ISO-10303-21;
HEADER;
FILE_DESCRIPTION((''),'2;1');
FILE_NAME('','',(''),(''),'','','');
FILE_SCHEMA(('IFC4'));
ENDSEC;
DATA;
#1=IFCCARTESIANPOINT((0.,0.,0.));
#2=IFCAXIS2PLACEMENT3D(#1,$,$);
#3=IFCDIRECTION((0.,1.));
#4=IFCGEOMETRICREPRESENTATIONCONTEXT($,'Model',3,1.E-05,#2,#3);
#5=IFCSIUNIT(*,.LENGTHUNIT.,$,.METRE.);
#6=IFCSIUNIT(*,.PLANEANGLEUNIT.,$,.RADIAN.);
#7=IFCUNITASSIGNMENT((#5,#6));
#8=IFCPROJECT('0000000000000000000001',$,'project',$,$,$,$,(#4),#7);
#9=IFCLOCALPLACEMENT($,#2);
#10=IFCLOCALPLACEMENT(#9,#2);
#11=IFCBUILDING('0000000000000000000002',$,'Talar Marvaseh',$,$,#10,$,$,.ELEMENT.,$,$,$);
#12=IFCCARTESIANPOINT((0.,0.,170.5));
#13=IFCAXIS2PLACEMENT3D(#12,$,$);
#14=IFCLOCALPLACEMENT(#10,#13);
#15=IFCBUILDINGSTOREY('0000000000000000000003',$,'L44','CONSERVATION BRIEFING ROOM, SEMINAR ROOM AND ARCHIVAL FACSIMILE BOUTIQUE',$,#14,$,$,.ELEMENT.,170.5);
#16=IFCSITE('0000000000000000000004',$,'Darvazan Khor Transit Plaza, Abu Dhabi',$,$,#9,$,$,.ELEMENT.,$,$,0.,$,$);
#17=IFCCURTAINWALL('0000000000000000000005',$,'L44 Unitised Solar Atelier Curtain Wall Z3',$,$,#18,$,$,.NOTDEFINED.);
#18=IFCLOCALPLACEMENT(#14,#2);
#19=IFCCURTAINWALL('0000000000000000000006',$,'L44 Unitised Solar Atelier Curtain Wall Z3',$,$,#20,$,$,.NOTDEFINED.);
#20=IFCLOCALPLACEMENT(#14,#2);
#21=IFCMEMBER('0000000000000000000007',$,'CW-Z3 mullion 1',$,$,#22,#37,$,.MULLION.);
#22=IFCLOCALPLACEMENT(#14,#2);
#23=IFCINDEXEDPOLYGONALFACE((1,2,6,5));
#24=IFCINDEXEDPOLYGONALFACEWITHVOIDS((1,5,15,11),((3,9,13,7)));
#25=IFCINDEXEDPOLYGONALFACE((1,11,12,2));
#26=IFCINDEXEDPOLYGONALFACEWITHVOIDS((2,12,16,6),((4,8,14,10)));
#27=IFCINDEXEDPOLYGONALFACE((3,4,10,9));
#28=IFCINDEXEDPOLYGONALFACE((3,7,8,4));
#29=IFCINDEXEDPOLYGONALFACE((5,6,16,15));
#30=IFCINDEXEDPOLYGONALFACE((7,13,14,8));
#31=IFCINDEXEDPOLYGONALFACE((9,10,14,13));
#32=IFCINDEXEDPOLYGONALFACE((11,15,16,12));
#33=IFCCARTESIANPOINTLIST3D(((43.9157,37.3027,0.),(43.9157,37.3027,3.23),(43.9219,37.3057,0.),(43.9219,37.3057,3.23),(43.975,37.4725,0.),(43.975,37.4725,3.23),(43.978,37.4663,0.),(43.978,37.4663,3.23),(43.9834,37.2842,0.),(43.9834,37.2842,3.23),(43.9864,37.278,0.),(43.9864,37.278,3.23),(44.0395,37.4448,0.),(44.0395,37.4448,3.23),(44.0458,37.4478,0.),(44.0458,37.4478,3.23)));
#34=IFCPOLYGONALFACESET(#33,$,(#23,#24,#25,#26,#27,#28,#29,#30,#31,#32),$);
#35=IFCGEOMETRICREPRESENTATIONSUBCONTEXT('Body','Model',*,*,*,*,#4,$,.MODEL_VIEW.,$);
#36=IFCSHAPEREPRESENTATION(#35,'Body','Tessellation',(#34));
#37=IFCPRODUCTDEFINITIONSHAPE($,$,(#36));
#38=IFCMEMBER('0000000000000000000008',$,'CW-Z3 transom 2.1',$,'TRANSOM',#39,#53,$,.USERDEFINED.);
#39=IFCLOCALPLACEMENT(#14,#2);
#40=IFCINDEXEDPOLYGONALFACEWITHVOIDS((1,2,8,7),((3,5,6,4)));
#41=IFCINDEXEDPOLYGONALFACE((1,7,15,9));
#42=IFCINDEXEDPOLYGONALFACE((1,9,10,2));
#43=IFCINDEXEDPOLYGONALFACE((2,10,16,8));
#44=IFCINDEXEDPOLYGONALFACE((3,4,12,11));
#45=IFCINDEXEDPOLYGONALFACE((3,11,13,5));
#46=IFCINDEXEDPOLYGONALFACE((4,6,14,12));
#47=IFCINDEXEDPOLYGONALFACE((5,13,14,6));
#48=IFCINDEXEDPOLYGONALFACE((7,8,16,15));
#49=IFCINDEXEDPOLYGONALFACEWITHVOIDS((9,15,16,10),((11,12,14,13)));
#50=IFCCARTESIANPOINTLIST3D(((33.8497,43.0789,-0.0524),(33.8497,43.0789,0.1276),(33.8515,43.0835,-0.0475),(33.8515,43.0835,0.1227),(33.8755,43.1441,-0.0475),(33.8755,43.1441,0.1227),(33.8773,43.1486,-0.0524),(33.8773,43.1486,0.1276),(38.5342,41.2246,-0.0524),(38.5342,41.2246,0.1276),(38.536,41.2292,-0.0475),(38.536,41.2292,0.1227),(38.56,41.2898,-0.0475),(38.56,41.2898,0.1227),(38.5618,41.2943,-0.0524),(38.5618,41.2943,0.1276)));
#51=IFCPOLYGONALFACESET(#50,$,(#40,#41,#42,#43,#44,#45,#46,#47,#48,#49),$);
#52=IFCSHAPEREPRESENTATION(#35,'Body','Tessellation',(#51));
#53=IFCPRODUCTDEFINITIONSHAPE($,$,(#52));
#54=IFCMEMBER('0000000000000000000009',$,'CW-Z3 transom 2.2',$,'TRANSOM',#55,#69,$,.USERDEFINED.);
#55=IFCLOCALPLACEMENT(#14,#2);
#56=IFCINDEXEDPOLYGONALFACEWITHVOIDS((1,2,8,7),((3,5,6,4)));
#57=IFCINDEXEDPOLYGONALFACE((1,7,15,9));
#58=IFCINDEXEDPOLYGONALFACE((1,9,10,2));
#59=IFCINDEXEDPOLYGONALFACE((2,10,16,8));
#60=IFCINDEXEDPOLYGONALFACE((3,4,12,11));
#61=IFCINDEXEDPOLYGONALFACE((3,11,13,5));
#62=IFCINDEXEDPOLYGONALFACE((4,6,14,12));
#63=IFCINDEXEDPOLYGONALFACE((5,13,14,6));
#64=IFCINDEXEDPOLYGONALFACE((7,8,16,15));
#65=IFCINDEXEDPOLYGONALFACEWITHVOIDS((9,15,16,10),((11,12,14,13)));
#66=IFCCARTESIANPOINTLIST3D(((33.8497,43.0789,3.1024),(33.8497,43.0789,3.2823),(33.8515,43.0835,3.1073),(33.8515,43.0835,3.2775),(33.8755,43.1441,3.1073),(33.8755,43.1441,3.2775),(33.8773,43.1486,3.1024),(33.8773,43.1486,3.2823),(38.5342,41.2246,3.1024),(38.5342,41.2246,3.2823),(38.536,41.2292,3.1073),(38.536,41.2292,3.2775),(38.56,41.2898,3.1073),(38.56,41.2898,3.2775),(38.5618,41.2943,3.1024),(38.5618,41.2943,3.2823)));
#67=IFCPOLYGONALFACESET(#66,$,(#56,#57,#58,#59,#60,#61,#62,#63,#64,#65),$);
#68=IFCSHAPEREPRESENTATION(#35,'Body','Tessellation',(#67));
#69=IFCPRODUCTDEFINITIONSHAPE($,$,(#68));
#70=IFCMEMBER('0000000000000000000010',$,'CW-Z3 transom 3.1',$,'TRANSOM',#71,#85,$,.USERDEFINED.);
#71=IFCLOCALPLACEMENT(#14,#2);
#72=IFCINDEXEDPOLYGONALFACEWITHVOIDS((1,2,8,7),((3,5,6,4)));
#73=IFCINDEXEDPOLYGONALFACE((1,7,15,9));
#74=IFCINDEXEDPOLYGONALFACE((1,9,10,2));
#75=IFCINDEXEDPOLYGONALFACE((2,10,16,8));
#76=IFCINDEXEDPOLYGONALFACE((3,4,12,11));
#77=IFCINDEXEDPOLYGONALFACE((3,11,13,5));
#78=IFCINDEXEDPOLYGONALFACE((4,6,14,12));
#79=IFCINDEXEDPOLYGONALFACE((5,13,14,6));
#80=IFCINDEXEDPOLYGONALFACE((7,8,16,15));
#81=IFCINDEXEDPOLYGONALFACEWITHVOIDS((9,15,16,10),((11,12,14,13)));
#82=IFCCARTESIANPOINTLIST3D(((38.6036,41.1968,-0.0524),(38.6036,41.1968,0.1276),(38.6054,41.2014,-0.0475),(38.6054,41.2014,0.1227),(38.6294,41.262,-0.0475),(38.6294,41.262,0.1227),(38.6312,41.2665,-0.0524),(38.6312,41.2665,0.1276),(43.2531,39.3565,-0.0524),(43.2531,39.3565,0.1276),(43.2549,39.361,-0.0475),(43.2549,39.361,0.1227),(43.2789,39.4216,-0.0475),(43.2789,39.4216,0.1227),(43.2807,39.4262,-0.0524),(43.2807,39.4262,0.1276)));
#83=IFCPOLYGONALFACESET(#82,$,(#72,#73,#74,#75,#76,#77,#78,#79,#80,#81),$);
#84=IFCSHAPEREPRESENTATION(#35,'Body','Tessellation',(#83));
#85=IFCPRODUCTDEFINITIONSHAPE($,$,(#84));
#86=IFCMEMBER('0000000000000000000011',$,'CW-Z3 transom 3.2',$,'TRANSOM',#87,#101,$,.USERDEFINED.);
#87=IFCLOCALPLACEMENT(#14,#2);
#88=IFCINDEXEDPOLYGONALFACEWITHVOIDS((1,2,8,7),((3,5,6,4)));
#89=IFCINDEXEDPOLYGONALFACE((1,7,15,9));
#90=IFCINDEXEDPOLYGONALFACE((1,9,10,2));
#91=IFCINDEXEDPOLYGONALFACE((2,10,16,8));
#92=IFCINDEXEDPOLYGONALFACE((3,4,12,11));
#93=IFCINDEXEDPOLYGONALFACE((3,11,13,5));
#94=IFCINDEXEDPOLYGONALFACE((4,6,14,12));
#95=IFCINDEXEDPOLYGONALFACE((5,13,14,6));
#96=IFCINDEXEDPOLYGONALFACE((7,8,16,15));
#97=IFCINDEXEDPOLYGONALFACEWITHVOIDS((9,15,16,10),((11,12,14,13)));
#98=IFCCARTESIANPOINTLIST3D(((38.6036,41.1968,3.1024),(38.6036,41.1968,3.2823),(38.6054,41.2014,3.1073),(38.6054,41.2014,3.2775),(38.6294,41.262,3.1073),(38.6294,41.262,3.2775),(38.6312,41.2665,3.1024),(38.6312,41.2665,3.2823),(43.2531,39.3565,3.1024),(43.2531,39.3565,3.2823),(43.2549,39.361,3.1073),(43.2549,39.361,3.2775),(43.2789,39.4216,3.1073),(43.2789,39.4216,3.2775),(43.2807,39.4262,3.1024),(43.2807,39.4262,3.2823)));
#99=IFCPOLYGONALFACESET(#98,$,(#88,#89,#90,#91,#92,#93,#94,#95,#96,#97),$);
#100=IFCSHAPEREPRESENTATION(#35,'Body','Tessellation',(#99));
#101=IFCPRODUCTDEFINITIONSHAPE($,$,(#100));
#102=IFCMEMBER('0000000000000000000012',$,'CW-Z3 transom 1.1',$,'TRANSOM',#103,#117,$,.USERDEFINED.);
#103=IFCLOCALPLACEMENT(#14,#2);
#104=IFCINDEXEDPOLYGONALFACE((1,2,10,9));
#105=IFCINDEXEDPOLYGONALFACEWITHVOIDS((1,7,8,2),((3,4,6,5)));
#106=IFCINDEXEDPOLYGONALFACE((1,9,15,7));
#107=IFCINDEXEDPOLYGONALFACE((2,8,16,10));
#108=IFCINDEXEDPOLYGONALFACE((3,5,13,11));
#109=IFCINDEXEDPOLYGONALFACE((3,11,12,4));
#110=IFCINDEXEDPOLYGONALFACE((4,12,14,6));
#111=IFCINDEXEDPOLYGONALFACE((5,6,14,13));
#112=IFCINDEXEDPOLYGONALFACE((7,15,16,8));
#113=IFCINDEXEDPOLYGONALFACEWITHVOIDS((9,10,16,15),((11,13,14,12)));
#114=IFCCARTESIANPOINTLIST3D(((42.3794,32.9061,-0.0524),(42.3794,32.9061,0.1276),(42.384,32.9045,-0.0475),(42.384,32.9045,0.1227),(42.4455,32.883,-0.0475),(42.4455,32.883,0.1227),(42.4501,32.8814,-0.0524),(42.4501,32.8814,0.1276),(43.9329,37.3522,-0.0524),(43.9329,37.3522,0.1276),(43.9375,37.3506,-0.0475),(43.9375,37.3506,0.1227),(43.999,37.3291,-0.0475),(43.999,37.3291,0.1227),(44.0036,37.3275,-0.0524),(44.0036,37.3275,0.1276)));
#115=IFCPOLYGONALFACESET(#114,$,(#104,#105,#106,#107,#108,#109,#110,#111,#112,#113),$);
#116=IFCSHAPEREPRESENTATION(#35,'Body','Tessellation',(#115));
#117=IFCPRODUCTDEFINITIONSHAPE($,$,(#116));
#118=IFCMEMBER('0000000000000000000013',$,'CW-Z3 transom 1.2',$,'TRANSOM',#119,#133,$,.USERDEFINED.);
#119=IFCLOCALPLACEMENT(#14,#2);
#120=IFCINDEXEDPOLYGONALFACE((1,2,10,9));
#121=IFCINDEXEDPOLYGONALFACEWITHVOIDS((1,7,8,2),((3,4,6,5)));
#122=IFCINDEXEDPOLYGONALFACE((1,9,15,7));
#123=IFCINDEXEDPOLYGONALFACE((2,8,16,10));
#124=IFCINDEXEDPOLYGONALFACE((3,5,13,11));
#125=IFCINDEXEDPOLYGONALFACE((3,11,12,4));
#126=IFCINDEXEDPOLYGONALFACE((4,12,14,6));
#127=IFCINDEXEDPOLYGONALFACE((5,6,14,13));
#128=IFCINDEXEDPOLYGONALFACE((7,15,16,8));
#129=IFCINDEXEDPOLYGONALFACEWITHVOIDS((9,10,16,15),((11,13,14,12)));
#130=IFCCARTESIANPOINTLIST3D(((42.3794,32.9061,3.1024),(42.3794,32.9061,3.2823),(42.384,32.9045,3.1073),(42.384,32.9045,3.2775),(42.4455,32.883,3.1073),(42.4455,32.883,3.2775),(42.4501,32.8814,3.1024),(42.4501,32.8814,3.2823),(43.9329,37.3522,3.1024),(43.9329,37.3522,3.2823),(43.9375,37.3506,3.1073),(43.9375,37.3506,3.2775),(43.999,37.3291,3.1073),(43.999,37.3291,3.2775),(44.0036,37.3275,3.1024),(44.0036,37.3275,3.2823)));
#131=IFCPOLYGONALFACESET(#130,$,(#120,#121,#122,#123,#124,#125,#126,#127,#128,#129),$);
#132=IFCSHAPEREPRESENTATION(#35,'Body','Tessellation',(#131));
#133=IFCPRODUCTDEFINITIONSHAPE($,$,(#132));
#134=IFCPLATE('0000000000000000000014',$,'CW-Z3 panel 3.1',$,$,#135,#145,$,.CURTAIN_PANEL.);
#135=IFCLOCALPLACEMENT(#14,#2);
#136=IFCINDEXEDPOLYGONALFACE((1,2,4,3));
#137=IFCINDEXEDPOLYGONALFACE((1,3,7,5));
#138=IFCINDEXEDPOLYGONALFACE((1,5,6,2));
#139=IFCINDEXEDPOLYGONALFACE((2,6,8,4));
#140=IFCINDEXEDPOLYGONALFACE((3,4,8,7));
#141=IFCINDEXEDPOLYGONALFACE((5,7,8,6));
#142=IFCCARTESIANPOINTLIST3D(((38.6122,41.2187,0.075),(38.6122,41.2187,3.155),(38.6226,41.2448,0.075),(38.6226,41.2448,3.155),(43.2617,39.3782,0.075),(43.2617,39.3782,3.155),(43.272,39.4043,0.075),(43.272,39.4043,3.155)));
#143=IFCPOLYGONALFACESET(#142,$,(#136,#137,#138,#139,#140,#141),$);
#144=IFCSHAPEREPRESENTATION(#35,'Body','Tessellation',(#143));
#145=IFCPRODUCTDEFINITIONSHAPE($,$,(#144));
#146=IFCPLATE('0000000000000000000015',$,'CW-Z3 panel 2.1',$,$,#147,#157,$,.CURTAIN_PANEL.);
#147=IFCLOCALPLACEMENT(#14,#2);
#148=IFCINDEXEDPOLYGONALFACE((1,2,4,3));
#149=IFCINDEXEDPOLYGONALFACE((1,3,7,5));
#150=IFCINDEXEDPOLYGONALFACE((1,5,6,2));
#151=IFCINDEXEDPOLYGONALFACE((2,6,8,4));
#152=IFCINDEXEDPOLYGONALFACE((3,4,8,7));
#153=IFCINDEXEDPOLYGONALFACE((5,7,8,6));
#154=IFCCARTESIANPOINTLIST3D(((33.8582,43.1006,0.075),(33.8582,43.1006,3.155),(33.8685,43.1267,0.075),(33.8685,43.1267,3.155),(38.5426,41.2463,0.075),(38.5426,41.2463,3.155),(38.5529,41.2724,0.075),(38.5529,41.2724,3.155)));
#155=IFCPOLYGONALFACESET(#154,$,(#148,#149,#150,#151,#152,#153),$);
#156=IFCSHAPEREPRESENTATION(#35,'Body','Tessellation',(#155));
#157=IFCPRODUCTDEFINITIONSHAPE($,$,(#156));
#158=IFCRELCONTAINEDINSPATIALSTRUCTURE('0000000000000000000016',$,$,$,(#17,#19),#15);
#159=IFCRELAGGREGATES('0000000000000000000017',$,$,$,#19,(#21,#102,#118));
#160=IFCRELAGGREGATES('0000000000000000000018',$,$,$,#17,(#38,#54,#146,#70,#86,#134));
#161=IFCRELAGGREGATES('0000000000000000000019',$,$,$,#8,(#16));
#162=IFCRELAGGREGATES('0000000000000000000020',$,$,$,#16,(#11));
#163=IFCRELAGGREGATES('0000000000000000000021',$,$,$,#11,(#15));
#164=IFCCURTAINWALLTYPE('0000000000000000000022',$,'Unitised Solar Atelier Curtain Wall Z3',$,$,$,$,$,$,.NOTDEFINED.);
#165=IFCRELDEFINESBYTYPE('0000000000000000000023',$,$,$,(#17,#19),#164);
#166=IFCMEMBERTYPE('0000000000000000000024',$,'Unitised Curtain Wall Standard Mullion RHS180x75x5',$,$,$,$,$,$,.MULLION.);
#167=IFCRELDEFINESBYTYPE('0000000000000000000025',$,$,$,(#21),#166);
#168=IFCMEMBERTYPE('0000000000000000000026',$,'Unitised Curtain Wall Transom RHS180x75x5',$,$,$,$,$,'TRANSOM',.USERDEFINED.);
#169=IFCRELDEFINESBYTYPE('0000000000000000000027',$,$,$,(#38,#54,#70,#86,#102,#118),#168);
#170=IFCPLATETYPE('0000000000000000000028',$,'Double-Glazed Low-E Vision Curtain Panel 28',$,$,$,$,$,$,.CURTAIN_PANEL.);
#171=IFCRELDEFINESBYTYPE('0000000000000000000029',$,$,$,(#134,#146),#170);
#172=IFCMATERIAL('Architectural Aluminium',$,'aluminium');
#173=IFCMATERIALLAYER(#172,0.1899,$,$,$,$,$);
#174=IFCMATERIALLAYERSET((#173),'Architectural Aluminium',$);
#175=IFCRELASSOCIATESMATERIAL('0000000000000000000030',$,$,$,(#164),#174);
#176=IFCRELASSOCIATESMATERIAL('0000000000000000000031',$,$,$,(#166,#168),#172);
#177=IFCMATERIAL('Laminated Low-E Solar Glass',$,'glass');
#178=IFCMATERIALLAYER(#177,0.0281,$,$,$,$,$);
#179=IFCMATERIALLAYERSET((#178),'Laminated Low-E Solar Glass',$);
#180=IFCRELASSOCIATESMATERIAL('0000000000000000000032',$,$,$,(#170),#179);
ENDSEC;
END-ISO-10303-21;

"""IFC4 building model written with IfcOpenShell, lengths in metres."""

from ifc_helpers import new_model, si_unit, direction, frame, origin, origin_2d, place, context, subcontext, project, spatial, rectangle, hollow_rectangle, extrude, source, transform, mapped, material, layer, layer_set, material_profile, profile_set, type_object, type_shapes, element, aggregate, save


model = new_model("IFC4")

# Units and contexts
model_context = context("Model", 3, precision=1e-05, world=origin(), true_north=direction((0.0, 1.0)))
body_context = subcontext(model_context, "Body", "Model", "MODEL_VIEW")
ifc_project = project(units=[si_unit("LENGTHUNIT", "METRE"), si_unit("PLANEANGLEUNIT", "RADIAN")], contexts=[model_context])

# Site, building, storey
site_placement = place(None, origin())
site = spatial("IfcSite", under=ifc_project, at=site_placement, Name="Darvazan Khor Transit Plaza, Abu Dhabi", CompositionType="ELEMENT", RefElevation=0.0)
building_placement = place(site_placement, origin())
building = spatial("IfcBuilding", under=site, at=building_placement, Name="Talar Marvaseh", CompositionType="ELEMENT")
storey_placement = place(building_placement, frame((0.0, 0.0, 170.5)))
storey = spatial("IfcBuildingStorey", under=building, at=storey_placement, Name="L44", Description="CONSERVATION BRIEFING ROOM, SEMINAR ROOM AND ARCHIVAL FACSIMILE BOUTIQUE", CompositionType="ELEMENT", Elevation=170.5)

# Curtain wall
ifc_material_1 = material(Name="Architectural Aluminium", Category="aluminium")
ifc_layer_1 = layer(ifc_material_1, 0.1899)
ifc_layer_set_1 = layer_set([ifc_layer_1], Name="Architectural Aluminium")
curtain_wall_type = type_object("IfcCurtainWallType", Name="Unitised Solar Atelier Curtain Wall Z3", PredefinedType="NOTDEFINED", material=ifc_layer_set_1)
curtain_wall_1_placement = place(storey_placement, origin())
curtain_wall_1 = element("IfcCurtainWall", 1, at=curtain_wall_1_placement, inside=storey, type_object=curtain_wall_type, Name="L44 Unitised Solar Atelier Curtain Wall Z3", PredefinedType="NOTDEFINED")
ifc_material_profile_1 = material_profile(ifc_material_1, hollow_rectangle(XDim=0.075, YDim=0.1799, WallThickness=0.0049, at=origin_2d()), Name="RHS180x75x5")
ifc_profile_set_1 = profile_set([ifc_material_profile_1], Name="Architectural Aluminium")
member_type_1 = type_object("IfcMemberType", Name="Unitised Curtain Wall Standard Mullion RHS180x75x5", PredefinedType="MULLION", material=ifc_profile_set_1)
shared_shape_1 = source(origin(), body_context, "Body", "SweptSolid", [
    extrude(hollow_rectangle(XDim=0.075, YDim=0.1799, WallThickness=0.0049, at=origin_2d()), origin(), (0.0, 0.0, 1.0), 3.23),
])
type_shapes(member_type_1, [shared_shape_1])

# Curtain wall, member
curtain_wall_2_placement = place(storey_placement, origin())
curtain_wall_2 = element("IfcCurtainWall", 2, at=curtain_wall_2_placement, inside=storey, type_object=curtain_wall_type, Name="L44 Unitised Solar Atelier Curtain Wall Z3", PredefinedType="NOTDEFINED")
member_1_placement = place(storey_placement, frame((43.9807, 37.3752, 0.0), z_axis=(0.0, 0.0, 1.0), x_axis=(0.944037, -0.329839, 0.0)))
member_1 = element("IfcMember", 3, at=member_1_placement, type_object=member_type_1, Name="CW-Z3 mullion 1", PredefinedType="MULLION", context=body_context, shape_type="MappedRepresentation", body=[
    mapped(shared_shape_1, transform((0.0, 0.0, 0.0), x_axis=(1.0, 0.0, 0.0), y_axis=(0.0, 1.0, 0.0), z_axis=(0.0, 0.0, 1.0), scale=1.0)),
])

# Members
ifc_material_profile_2 = material_profile(ifc_material_1, hollow_rectangle(XDim=0.075, YDim=0.1799, WallThickness=0.0049, at=origin_2d()), Name="RHS180x75x5")
ifc_profile_set_2 = profile_set([ifc_material_profile_2], Name="Architectural Aluminium")
member_type_2 = type_object("IfcMemberType", Name="Unitised Curtain Wall Transom RHS180x75x5", ElementType="TRANSOM", PredefinedType="USERDEFINED", material=ifc_profile_set_2)
shared_shape_2 = source(origin(), body_context, "Body", "SweptSolid", [
    extrude(hollow_rectangle(XDim=0.075, YDim=0.1799, WallThickness=0.0049, at=origin_2d()), origin(), (0.0, 0.0, 1.0), 5.0381),
])
member_2_placement = place(storey_placement, frame((33.8635, 43.1138, 0.0376), z_axis=(0.929804, -0.368055, 0.0), x_axis=(0.368055, 0.929804, 0.0)))
member_2 = element("IfcMember", 4, at=member_2_placement, type_object=member_type_2, Name="CW-Z3 transom 2.1", ObjectType="TRANSOM", PredefinedType="USERDEFINED", context=body_context, shape_type="MappedRepresentation", body=[
    mapped(shared_shape_2, transform((0.0, 0.0, 0.0), x_axis=(1.0, 0.0, 0.0), y_axis=(0.0, 1.0, 0.0), z_axis=(0.0, 0.0, 1.0), scale=1.0)),
])
member_3_placement = place(storey_placement, frame((33.8635, 43.1138, 3.1924), z_axis=(0.929804, -0.368055, 0.0), x_axis=(0.368055, 0.929804, 0.0)))
member_3 = element("IfcMember", 5, at=member_3_placement, type_object=member_type_2, Name="CW-Z3 transom 2.2", ObjectType="TRANSOM", PredefinedType="USERDEFINED", context=body_context, shape_type="MappedRepresentation", body=[
    mapped(shared_shape_2, transform((0.0, 0.0, 0.0), x_axis=(1.0, 0.0, 0.0), y_axis=(0.0, 1.0, 0.0), z_axis=(0.0, 0.0, 1.0), scale=1.0)),
])
shared_shape_3 = source(origin(), body_context, "Body", "SweptSolid", [
    extrude(hollow_rectangle(XDim=0.075, YDim=0.1799, WallThickness=0.0049, at=origin_2d()), origin(), (0.0, 0.0, 1.0), 5.0005),
])
member_4_placement = place(storey_placement, frame((38.6174, 41.2317, 0.0376), z_axis=(0.929811, -0.368038, 0.0), x_axis=(0.368038, 0.929811, 0.0)))
member_4 = element("IfcMember", 6, at=member_4_placement, type_object=member_type_2, Name="CW-Z3 transom 3.1", ObjectType="TRANSOM", PredefinedType="USERDEFINED", context=body_context, shape_type="MappedRepresentation", body=[
    mapped(shared_shape_3, transform((0.0, 0.0, 0.0), x_axis=(1.0, 0.0, 0.0), y_axis=(0.0, 1.0, 0.0), z_axis=(0.0, 0.0, 1.0), scale=1.0)),
])
member_5_placement = place(storey_placement, frame((38.6174, 41.2317, 3.1924), z_axis=(0.929811, -0.368038, 0.0), x_axis=(0.368038, 0.929811, 0.0)))
member_5 = element("IfcMember", 7, at=member_5_placement, type_object=member_type_2, Name="CW-Z3 transom 3.2", ObjectType="TRANSOM", PredefinedType="USERDEFINED", context=body_context, shape_type="MappedRepresentation", body=[
    mapped(shared_shape_3, transform((0.0, 0.0, 0.0), x_axis=(1.0, 0.0, 0.0), y_axis=(0.0, 1.0, 0.0), z_axis=(0.0, 0.0, 1.0), scale=1.0)),
])
shared_shape_4 = source(origin(), body_context, "Body", "SweptSolid", [
    extrude(hollow_rectangle(XDim=0.075, YDim=0.1799, WallThickness=0.0049, at=origin_2d()), origin(), (0.0, 0.0, 1.0), 4.7097),
])
type_shapes(member_type_2, [shared_shape_2, shared_shape_3, shared_shape_4])
member_6_placement = place(storey_placement, frame((43.9683, 37.3398, 0.0376), z_axis=(-0.329849, -0.944034, 0.0), x_axis=(0.944034, -0.329849, 0.0)))
member_6 = element("IfcMember", 8, at=member_6_placement, type_object=member_type_2, Name="CW-Z3 transom 1.1", ObjectType="TRANSOM", PredefinedType="USERDEFINED", context=body_context, shape_type="MappedRepresentation", body=[
    mapped(shared_shape_4, transform((0.0, 0.0, 0.0), x_axis=(1.0, 0.0, 0.0), y_axis=(0.0, 1.0, 0.0), z_axis=(0.0, 0.0, 1.0), scale=1.0)),
])
member_7_placement = place(storey_placement, frame((43.9683, 37.3398, 3.1924), z_axis=(-0.329849, -0.944034, 0.0), x_axis=(0.944034, -0.329849, 0.0)))
member_7 = element("IfcMember", 9, at=member_7_placement, type_object=member_type_2, Name="CW-Z3 transom 1.2", ObjectType="TRANSOM", PredefinedType="USERDEFINED", context=body_context, shape_type="MappedRepresentation", body=[
    mapped(shared_shape_4, transform((0.0, 0.0, 0.0), x_axis=(1.0, 0.0, 0.0), y_axis=(0.0, 1.0, 0.0), z_axis=(0.0, 0.0, 1.0), scale=1.0)),
])
aggregate(curtain_wall_2, [member_1, member_6, member_7])

# Plates
ifc_material_2 = material(Name="Laminated Low-E Solar Glass", Category="glass")
ifc_layer_2 = layer(ifc_material_2, 0.0281)
ifc_layer_set_2 = layer_set([ifc_layer_2], Name="Laminated Low-E Solar Glass")
plate_type = type_object("IfcPlateType", Name="Double-Glazed Low-E Vision Curtain Panel 28", PredefinedType="CURTAIN_PANEL", material=ifc_layer_set_2)
shared_shape_5 = source(origin(), body_context, "Body", "SweptSolid", [
    extrude(rectangle(XDim=5.0005, YDim=0.0281, at=origin_2d()), origin(), (0.0, 0.0, 1.0), 3.0801),
])
plate_1_placement = place(storey_placement, frame((40.9421, 40.3115, 0.075), z_axis=(0.0, 0.0, 1.0), x_axis=(0.929801, -0.368062, 0.0)))
plate_1 = element("IfcPlate", 10, at=plate_1_placement, type_object=plate_type, Name="CW-Z3 panel 3.1", PredefinedType="CURTAIN_PANEL", context=body_context, shape_type="MappedRepresentation", body=[
    mapped(shared_shape_5, transform((0.0, 0.0, 0.0), x_axis=(1.0, 0.0, 0.0), y_axis=(0.0, 1.0, 0.0), z_axis=(0.0, 0.0, 1.0), scale=1.0)),
])
shared_shape_6 = source(origin(), body_context, "Body", "SweptSolid", [
    extrude(rectangle(XDim=5.0381, YDim=0.0281, at=origin_2d()), origin(), (0.0, 0.0, 1.0), 3.0801),
])
type_shapes(plate_type, [shared_shape_5, shared_shape_6])
plate_2_placement = place(storey_placement, frame((36.2056, 42.1865, 0.075), z_axis=(0.0, 0.0, 1.0), x_axis=(0.929801, -0.368062, 0.0)))
plate_2 = element("IfcPlate", 11, at=plate_2_placement, type_object=plate_type, Name="CW-Z3 panel 2.1", PredefinedType="CURTAIN_PANEL", context=body_context, shape_type="MappedRepresentation", body=[
    mapped(shared_shape_6, transform((0.0, 0.0, 0.0), x_axis=(1.0, 0.0, 0.0), y_axis=(0.0, 1.0, 0.0), z_axis=(0.0, 0.0, 1.0), scale=1.0)),
])
aggregate(curtain_wall_1, [member_2, member_3, plate_2, member_4, member_5, plate_1])

save(model, "model.ifc")
